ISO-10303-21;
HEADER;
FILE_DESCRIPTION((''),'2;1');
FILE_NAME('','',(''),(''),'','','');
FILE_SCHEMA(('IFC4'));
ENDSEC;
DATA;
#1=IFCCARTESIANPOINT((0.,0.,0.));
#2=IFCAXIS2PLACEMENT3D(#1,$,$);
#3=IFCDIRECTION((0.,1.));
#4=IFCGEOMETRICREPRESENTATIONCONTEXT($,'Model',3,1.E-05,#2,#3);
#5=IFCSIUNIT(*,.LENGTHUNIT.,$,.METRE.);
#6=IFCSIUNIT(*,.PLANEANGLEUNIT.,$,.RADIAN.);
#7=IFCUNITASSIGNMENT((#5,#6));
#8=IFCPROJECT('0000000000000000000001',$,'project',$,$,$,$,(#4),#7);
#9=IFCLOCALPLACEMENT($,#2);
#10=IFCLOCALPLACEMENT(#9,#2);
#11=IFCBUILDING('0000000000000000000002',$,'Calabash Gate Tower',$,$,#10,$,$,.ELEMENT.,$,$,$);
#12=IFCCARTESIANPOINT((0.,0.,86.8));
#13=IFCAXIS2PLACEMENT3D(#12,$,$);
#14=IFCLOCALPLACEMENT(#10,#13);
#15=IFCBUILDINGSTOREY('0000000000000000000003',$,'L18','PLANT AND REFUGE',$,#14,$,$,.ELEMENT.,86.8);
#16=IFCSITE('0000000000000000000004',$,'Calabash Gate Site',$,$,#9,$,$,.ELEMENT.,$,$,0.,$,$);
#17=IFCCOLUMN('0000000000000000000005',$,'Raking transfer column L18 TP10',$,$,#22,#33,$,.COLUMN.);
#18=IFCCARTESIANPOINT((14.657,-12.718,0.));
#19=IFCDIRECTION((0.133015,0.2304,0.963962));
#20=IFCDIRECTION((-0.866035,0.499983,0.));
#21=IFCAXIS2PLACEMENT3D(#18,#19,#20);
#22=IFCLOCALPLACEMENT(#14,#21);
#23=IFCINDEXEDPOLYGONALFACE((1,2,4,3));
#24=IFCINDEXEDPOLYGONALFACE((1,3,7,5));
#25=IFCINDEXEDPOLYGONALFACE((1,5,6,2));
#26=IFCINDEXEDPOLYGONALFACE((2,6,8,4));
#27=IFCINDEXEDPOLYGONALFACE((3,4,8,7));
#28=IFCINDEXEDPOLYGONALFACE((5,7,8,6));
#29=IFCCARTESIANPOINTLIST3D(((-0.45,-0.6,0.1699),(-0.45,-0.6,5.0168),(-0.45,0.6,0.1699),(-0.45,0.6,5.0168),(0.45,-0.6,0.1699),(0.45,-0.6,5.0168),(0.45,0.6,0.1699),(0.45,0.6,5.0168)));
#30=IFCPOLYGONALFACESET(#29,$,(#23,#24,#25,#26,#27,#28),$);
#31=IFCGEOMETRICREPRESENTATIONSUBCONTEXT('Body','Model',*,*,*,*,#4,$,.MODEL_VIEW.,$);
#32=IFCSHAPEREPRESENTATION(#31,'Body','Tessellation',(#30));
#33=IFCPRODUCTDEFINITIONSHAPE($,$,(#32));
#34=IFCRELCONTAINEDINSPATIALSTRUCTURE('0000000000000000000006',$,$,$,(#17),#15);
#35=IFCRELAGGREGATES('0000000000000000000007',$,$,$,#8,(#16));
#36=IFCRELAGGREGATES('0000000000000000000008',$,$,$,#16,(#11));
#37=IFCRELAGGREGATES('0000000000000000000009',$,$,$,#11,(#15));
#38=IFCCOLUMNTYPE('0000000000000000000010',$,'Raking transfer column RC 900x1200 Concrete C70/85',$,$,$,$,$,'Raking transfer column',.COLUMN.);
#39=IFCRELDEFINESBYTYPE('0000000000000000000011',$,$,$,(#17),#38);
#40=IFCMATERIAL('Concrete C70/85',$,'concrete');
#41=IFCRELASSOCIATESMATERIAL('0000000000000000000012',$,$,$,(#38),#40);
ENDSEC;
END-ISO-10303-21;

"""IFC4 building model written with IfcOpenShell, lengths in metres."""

from ifc_helpers import new_model, si_unit, direction, frame, origin, origin_2d, place, context, subcontext, project, spatial, rectangle, extrude, clip, halfspace, material, material_profile, profile_set, type_object, element, save


model = new_model("IFC4")

# Units and contexts
model_context = context("Model", 3, precision=1e-05, world=origin(), true_north=direction((0.0, 1.0)))
body_context = subcontext(model_context, "Body", "Model", "MODEL_VIEW")
ifc_project = project(units=[si_unit("LENGTHUNIT", "METRE"), si_unit("PLANEANGLEUNIT", "RADIAN")], contexts=[model_context])

# Site, building, storey
site_placement = place(None, origin())
site = spatial("IfcSite", under=ifc_project, at=site_placement, Name="Calabash Gate Site", CompositionType="ELEMENT", RefElevation=0.0)
building_placement = place(site_placement, origin())
building = spatial("IfcBuilding", under=site, at=building_placement, Name="Calabash Gate Tower", CompositionType="ELEMENT")
storey_placement = place(building_placement, frame((0.0, 0.0, 86.8)))
storey = spatial("IfcBuildingStorey", under=building, at=storey_placement, Name="L18", Description="PLANT AND REFUGE", CompositionType="ELEMENT", Elevation=86.8)

# Column
ifc_material_1 = material(Name="Concrete C70/85", Category="concrete")
ifc_material_profile_1 = material_profile(ifc_material_1, rectangle(XDim=0.8999, YDim=1.2, at=origin_2d()))
ifc_profile_set_1 = profile_set([ifc_material_profile_1], Name="Concrete C70/85")
column_type = type_object("IfcColumnType", Name="Raking transfer column RC 900x1200 Concrete C70/85", ElementType="Raking transfer column", PredefinedType="COLUMN", material=ifc_profile_set_1)
column_placement = place(storey_placement, frame((14.657, -12.718, 0.0), z_axis=(0.133015, 0.2304, 0.963962), x_axis=(-0.866035, 0.499983, 0.0)))
element("IfcColumn", 1, at=column_placement, inside=storey, type_object=column_type, Name="Raking transfer column L18 TP10", PredefinedType="COLUMN", context=body_context, shape_type="Clipping", body=[
    clip(clip(extrude(rectangle(XDim=0.8999, YDim=1.2, at=origin_2d()), origin(), (0.0, 0.0, 1.0), 5.187), halfspace(frame((0.0, 0.0, 0.1699), z_axis=(0.0, 0.0, 1.0), x_axis=(1.0, 0.0, 0.0)), True)), halfspace(frame((0.0, 0.0, 5.0168), z_axis=(0.0, 0.0, 1.0), x_axis=(1.0, 0.0, 0.0)), False)),
])

save(model, "model.ifc")
